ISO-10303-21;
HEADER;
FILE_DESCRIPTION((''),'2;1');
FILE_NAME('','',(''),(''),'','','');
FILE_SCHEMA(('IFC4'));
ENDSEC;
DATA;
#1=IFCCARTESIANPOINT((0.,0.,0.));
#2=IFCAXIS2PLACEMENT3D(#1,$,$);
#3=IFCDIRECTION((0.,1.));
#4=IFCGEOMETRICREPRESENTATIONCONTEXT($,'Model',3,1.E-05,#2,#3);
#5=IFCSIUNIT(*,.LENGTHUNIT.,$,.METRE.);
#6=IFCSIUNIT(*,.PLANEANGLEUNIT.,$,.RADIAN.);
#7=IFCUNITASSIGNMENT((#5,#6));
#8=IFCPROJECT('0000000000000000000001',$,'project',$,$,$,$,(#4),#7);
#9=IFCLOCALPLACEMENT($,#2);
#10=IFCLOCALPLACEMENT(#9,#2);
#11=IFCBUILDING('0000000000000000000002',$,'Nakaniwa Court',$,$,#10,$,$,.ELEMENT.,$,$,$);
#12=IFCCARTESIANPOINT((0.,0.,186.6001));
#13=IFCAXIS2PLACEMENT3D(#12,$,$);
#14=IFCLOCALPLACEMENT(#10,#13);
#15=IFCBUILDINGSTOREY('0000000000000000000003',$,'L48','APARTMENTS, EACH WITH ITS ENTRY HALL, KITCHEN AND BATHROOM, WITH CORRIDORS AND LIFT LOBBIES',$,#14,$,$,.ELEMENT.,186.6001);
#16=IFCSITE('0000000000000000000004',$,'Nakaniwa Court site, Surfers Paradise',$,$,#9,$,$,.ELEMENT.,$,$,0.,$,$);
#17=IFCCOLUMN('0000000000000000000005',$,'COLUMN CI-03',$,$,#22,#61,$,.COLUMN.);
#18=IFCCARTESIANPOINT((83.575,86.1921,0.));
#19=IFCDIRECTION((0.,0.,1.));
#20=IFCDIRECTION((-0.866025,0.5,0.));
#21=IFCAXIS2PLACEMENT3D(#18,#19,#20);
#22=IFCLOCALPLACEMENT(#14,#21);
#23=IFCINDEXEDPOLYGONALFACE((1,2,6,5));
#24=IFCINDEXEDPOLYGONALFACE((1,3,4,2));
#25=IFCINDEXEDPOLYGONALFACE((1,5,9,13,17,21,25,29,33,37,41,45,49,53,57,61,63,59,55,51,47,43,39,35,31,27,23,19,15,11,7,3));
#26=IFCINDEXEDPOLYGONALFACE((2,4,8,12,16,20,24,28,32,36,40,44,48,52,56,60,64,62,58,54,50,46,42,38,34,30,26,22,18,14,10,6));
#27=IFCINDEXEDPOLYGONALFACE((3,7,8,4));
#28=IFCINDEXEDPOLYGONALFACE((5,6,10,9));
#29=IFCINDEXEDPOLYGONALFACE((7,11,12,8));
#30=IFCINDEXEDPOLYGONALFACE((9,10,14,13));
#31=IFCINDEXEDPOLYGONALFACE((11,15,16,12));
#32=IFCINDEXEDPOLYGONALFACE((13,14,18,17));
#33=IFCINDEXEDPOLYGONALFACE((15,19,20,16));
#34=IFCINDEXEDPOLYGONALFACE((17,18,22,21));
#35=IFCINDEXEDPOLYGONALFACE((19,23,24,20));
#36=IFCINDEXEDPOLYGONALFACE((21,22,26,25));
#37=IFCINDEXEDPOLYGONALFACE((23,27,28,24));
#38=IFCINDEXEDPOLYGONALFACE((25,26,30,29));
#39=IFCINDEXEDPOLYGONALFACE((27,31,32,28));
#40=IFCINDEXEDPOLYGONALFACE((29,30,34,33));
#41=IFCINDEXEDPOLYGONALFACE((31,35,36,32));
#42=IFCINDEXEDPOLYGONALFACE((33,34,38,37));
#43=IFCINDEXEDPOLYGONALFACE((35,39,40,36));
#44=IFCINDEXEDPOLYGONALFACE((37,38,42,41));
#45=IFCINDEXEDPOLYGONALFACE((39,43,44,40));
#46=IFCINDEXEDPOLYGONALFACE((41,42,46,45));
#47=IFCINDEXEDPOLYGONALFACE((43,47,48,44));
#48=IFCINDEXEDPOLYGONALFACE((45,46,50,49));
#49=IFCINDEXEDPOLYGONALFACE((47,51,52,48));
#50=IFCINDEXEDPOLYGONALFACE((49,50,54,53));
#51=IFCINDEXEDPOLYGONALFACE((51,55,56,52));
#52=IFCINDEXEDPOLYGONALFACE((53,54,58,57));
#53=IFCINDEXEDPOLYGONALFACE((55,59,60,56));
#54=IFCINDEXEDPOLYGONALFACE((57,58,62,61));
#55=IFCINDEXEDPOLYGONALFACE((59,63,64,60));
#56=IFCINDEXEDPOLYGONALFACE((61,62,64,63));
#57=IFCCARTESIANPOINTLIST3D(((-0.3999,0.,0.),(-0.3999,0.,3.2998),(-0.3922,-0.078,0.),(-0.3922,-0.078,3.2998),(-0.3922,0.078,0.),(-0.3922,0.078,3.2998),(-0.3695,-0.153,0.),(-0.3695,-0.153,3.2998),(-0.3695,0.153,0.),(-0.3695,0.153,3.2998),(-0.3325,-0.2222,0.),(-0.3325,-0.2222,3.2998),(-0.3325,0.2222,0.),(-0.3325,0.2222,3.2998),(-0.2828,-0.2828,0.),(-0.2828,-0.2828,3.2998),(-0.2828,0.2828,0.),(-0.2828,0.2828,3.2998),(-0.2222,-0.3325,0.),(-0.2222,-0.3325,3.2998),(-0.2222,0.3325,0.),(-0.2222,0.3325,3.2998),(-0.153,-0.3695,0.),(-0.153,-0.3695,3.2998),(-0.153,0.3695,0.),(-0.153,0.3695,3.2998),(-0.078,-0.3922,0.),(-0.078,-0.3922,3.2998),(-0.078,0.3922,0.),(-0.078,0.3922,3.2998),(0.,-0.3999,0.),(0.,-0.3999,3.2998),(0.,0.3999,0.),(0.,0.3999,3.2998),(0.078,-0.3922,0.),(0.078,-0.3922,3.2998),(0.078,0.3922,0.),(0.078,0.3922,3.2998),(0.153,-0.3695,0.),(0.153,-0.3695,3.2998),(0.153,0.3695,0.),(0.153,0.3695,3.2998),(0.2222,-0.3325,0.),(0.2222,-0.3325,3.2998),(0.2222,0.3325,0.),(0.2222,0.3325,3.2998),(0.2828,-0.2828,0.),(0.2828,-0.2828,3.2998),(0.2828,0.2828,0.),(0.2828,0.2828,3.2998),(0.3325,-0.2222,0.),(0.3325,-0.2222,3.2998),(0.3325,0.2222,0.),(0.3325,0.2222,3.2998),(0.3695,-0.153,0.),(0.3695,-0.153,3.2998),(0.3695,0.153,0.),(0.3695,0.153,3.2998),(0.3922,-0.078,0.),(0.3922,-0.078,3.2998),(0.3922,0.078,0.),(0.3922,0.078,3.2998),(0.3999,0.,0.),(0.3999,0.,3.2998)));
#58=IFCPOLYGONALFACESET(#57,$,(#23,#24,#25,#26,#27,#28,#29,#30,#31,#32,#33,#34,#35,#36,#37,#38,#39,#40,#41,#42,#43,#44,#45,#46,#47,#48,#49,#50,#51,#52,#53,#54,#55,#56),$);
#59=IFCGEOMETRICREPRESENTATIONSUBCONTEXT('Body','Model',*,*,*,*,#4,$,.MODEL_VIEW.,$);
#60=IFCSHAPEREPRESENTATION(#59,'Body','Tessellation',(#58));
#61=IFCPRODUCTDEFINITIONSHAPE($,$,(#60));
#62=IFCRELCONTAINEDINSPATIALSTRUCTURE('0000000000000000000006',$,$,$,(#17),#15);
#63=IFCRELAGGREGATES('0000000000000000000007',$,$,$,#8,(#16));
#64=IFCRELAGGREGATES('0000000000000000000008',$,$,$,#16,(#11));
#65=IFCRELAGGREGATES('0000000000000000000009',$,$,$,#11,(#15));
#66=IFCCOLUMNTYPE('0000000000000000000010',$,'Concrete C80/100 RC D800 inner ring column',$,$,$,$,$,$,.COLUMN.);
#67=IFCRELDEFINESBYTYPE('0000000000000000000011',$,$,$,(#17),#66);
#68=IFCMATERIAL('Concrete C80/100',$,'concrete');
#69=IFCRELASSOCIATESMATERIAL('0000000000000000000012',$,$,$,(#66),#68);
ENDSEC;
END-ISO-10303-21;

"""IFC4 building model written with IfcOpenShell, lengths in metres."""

from ifc_helpers import new_model, si_unit, direction, frame, origin, origin_2d, place, context, subcontext, project, spatial, circle, extrude, material, material_profile, profile_set, type_object, element, save


model = new_model("IFC4")

# Units and contexts
model_context = context("Model", 3, precision=1e-05, world=origin(), true_north=direction((0.0, 1.0)))
body_context = subcontext(model_context, "Body", "Model", "MODEL_VIEW")
ifc_project = project(units=[si_unit("LENGTHUNIT", "METRE"), si_unit("PLANEANGLEUNIT", "RADIAN")], contexts=[model_context])

# Site, building, storey
site_placement = place(None, origin())
site = spatial("IfcSite", under=ifc_project, at=site_placement, Name="Nakaniwa Court site, Surfers Paradise", CompositionType="ELEMENT", RefElevation=0.0)
building_placement = place(site_placement, origin())
building = spatial("IfcBuilding", under=site, at=building_placement, Name="Nakaniwa Court", CompositionType="ELEMENT")
storey_placement = place(building_placement, frame((0.0, 0.0, 186.6001)))
storey = spatial("IfcBuildingStorey", under=building, at=storey_placement, Name="L48", Description="APARTMENTS, EACH WITH ITS ENTRY HALL, KITCHEN AND BATHROOM, WITH CORRIDORS AND LIFT LOBBIES", CompositionType="ELEMENT", Elevation=186.6001)

# Column
ifc_material_1 = material(Name="Concrete C80/100", Category="concrete")
ifc_material_profile_1 = material_profile(ifc_material_1, circle(Radius=0.3999, at=origin_2d()), Name="Concrete C80/100 RC D800 inner ring column")
ifc_profile_set_1 = profile_set([ifc_material_profile_1], Name="Concrete C80/100")
column_type_1 = type_object("IfcColumnType", Name="Concrete C80/100 RC D800 inner ring column", PredefinedType="COLUMN", material=ifc_profile_set_1)
column_1_placement = place(storey_placement, frame((83.575, 86.1921, 0.0), z_axis=(0.0, 0.0, 1.0), x_axis=(-0.866025, 0.5, 0.0)))
element("IfcColumn", 1, at=column_1_placement, inside=storey, type_object=column_type_1, Name="COLUMN CI-03", PredefinedType="COLUMN", context=body_context, shape_type="SweptSolid", body=[
    extrude(circle(Radius=0.3999, at=origin_2d()), origin(), (0.0, 0.0, 1.0), 3.2998),
])

save(model, "model.ifc")
